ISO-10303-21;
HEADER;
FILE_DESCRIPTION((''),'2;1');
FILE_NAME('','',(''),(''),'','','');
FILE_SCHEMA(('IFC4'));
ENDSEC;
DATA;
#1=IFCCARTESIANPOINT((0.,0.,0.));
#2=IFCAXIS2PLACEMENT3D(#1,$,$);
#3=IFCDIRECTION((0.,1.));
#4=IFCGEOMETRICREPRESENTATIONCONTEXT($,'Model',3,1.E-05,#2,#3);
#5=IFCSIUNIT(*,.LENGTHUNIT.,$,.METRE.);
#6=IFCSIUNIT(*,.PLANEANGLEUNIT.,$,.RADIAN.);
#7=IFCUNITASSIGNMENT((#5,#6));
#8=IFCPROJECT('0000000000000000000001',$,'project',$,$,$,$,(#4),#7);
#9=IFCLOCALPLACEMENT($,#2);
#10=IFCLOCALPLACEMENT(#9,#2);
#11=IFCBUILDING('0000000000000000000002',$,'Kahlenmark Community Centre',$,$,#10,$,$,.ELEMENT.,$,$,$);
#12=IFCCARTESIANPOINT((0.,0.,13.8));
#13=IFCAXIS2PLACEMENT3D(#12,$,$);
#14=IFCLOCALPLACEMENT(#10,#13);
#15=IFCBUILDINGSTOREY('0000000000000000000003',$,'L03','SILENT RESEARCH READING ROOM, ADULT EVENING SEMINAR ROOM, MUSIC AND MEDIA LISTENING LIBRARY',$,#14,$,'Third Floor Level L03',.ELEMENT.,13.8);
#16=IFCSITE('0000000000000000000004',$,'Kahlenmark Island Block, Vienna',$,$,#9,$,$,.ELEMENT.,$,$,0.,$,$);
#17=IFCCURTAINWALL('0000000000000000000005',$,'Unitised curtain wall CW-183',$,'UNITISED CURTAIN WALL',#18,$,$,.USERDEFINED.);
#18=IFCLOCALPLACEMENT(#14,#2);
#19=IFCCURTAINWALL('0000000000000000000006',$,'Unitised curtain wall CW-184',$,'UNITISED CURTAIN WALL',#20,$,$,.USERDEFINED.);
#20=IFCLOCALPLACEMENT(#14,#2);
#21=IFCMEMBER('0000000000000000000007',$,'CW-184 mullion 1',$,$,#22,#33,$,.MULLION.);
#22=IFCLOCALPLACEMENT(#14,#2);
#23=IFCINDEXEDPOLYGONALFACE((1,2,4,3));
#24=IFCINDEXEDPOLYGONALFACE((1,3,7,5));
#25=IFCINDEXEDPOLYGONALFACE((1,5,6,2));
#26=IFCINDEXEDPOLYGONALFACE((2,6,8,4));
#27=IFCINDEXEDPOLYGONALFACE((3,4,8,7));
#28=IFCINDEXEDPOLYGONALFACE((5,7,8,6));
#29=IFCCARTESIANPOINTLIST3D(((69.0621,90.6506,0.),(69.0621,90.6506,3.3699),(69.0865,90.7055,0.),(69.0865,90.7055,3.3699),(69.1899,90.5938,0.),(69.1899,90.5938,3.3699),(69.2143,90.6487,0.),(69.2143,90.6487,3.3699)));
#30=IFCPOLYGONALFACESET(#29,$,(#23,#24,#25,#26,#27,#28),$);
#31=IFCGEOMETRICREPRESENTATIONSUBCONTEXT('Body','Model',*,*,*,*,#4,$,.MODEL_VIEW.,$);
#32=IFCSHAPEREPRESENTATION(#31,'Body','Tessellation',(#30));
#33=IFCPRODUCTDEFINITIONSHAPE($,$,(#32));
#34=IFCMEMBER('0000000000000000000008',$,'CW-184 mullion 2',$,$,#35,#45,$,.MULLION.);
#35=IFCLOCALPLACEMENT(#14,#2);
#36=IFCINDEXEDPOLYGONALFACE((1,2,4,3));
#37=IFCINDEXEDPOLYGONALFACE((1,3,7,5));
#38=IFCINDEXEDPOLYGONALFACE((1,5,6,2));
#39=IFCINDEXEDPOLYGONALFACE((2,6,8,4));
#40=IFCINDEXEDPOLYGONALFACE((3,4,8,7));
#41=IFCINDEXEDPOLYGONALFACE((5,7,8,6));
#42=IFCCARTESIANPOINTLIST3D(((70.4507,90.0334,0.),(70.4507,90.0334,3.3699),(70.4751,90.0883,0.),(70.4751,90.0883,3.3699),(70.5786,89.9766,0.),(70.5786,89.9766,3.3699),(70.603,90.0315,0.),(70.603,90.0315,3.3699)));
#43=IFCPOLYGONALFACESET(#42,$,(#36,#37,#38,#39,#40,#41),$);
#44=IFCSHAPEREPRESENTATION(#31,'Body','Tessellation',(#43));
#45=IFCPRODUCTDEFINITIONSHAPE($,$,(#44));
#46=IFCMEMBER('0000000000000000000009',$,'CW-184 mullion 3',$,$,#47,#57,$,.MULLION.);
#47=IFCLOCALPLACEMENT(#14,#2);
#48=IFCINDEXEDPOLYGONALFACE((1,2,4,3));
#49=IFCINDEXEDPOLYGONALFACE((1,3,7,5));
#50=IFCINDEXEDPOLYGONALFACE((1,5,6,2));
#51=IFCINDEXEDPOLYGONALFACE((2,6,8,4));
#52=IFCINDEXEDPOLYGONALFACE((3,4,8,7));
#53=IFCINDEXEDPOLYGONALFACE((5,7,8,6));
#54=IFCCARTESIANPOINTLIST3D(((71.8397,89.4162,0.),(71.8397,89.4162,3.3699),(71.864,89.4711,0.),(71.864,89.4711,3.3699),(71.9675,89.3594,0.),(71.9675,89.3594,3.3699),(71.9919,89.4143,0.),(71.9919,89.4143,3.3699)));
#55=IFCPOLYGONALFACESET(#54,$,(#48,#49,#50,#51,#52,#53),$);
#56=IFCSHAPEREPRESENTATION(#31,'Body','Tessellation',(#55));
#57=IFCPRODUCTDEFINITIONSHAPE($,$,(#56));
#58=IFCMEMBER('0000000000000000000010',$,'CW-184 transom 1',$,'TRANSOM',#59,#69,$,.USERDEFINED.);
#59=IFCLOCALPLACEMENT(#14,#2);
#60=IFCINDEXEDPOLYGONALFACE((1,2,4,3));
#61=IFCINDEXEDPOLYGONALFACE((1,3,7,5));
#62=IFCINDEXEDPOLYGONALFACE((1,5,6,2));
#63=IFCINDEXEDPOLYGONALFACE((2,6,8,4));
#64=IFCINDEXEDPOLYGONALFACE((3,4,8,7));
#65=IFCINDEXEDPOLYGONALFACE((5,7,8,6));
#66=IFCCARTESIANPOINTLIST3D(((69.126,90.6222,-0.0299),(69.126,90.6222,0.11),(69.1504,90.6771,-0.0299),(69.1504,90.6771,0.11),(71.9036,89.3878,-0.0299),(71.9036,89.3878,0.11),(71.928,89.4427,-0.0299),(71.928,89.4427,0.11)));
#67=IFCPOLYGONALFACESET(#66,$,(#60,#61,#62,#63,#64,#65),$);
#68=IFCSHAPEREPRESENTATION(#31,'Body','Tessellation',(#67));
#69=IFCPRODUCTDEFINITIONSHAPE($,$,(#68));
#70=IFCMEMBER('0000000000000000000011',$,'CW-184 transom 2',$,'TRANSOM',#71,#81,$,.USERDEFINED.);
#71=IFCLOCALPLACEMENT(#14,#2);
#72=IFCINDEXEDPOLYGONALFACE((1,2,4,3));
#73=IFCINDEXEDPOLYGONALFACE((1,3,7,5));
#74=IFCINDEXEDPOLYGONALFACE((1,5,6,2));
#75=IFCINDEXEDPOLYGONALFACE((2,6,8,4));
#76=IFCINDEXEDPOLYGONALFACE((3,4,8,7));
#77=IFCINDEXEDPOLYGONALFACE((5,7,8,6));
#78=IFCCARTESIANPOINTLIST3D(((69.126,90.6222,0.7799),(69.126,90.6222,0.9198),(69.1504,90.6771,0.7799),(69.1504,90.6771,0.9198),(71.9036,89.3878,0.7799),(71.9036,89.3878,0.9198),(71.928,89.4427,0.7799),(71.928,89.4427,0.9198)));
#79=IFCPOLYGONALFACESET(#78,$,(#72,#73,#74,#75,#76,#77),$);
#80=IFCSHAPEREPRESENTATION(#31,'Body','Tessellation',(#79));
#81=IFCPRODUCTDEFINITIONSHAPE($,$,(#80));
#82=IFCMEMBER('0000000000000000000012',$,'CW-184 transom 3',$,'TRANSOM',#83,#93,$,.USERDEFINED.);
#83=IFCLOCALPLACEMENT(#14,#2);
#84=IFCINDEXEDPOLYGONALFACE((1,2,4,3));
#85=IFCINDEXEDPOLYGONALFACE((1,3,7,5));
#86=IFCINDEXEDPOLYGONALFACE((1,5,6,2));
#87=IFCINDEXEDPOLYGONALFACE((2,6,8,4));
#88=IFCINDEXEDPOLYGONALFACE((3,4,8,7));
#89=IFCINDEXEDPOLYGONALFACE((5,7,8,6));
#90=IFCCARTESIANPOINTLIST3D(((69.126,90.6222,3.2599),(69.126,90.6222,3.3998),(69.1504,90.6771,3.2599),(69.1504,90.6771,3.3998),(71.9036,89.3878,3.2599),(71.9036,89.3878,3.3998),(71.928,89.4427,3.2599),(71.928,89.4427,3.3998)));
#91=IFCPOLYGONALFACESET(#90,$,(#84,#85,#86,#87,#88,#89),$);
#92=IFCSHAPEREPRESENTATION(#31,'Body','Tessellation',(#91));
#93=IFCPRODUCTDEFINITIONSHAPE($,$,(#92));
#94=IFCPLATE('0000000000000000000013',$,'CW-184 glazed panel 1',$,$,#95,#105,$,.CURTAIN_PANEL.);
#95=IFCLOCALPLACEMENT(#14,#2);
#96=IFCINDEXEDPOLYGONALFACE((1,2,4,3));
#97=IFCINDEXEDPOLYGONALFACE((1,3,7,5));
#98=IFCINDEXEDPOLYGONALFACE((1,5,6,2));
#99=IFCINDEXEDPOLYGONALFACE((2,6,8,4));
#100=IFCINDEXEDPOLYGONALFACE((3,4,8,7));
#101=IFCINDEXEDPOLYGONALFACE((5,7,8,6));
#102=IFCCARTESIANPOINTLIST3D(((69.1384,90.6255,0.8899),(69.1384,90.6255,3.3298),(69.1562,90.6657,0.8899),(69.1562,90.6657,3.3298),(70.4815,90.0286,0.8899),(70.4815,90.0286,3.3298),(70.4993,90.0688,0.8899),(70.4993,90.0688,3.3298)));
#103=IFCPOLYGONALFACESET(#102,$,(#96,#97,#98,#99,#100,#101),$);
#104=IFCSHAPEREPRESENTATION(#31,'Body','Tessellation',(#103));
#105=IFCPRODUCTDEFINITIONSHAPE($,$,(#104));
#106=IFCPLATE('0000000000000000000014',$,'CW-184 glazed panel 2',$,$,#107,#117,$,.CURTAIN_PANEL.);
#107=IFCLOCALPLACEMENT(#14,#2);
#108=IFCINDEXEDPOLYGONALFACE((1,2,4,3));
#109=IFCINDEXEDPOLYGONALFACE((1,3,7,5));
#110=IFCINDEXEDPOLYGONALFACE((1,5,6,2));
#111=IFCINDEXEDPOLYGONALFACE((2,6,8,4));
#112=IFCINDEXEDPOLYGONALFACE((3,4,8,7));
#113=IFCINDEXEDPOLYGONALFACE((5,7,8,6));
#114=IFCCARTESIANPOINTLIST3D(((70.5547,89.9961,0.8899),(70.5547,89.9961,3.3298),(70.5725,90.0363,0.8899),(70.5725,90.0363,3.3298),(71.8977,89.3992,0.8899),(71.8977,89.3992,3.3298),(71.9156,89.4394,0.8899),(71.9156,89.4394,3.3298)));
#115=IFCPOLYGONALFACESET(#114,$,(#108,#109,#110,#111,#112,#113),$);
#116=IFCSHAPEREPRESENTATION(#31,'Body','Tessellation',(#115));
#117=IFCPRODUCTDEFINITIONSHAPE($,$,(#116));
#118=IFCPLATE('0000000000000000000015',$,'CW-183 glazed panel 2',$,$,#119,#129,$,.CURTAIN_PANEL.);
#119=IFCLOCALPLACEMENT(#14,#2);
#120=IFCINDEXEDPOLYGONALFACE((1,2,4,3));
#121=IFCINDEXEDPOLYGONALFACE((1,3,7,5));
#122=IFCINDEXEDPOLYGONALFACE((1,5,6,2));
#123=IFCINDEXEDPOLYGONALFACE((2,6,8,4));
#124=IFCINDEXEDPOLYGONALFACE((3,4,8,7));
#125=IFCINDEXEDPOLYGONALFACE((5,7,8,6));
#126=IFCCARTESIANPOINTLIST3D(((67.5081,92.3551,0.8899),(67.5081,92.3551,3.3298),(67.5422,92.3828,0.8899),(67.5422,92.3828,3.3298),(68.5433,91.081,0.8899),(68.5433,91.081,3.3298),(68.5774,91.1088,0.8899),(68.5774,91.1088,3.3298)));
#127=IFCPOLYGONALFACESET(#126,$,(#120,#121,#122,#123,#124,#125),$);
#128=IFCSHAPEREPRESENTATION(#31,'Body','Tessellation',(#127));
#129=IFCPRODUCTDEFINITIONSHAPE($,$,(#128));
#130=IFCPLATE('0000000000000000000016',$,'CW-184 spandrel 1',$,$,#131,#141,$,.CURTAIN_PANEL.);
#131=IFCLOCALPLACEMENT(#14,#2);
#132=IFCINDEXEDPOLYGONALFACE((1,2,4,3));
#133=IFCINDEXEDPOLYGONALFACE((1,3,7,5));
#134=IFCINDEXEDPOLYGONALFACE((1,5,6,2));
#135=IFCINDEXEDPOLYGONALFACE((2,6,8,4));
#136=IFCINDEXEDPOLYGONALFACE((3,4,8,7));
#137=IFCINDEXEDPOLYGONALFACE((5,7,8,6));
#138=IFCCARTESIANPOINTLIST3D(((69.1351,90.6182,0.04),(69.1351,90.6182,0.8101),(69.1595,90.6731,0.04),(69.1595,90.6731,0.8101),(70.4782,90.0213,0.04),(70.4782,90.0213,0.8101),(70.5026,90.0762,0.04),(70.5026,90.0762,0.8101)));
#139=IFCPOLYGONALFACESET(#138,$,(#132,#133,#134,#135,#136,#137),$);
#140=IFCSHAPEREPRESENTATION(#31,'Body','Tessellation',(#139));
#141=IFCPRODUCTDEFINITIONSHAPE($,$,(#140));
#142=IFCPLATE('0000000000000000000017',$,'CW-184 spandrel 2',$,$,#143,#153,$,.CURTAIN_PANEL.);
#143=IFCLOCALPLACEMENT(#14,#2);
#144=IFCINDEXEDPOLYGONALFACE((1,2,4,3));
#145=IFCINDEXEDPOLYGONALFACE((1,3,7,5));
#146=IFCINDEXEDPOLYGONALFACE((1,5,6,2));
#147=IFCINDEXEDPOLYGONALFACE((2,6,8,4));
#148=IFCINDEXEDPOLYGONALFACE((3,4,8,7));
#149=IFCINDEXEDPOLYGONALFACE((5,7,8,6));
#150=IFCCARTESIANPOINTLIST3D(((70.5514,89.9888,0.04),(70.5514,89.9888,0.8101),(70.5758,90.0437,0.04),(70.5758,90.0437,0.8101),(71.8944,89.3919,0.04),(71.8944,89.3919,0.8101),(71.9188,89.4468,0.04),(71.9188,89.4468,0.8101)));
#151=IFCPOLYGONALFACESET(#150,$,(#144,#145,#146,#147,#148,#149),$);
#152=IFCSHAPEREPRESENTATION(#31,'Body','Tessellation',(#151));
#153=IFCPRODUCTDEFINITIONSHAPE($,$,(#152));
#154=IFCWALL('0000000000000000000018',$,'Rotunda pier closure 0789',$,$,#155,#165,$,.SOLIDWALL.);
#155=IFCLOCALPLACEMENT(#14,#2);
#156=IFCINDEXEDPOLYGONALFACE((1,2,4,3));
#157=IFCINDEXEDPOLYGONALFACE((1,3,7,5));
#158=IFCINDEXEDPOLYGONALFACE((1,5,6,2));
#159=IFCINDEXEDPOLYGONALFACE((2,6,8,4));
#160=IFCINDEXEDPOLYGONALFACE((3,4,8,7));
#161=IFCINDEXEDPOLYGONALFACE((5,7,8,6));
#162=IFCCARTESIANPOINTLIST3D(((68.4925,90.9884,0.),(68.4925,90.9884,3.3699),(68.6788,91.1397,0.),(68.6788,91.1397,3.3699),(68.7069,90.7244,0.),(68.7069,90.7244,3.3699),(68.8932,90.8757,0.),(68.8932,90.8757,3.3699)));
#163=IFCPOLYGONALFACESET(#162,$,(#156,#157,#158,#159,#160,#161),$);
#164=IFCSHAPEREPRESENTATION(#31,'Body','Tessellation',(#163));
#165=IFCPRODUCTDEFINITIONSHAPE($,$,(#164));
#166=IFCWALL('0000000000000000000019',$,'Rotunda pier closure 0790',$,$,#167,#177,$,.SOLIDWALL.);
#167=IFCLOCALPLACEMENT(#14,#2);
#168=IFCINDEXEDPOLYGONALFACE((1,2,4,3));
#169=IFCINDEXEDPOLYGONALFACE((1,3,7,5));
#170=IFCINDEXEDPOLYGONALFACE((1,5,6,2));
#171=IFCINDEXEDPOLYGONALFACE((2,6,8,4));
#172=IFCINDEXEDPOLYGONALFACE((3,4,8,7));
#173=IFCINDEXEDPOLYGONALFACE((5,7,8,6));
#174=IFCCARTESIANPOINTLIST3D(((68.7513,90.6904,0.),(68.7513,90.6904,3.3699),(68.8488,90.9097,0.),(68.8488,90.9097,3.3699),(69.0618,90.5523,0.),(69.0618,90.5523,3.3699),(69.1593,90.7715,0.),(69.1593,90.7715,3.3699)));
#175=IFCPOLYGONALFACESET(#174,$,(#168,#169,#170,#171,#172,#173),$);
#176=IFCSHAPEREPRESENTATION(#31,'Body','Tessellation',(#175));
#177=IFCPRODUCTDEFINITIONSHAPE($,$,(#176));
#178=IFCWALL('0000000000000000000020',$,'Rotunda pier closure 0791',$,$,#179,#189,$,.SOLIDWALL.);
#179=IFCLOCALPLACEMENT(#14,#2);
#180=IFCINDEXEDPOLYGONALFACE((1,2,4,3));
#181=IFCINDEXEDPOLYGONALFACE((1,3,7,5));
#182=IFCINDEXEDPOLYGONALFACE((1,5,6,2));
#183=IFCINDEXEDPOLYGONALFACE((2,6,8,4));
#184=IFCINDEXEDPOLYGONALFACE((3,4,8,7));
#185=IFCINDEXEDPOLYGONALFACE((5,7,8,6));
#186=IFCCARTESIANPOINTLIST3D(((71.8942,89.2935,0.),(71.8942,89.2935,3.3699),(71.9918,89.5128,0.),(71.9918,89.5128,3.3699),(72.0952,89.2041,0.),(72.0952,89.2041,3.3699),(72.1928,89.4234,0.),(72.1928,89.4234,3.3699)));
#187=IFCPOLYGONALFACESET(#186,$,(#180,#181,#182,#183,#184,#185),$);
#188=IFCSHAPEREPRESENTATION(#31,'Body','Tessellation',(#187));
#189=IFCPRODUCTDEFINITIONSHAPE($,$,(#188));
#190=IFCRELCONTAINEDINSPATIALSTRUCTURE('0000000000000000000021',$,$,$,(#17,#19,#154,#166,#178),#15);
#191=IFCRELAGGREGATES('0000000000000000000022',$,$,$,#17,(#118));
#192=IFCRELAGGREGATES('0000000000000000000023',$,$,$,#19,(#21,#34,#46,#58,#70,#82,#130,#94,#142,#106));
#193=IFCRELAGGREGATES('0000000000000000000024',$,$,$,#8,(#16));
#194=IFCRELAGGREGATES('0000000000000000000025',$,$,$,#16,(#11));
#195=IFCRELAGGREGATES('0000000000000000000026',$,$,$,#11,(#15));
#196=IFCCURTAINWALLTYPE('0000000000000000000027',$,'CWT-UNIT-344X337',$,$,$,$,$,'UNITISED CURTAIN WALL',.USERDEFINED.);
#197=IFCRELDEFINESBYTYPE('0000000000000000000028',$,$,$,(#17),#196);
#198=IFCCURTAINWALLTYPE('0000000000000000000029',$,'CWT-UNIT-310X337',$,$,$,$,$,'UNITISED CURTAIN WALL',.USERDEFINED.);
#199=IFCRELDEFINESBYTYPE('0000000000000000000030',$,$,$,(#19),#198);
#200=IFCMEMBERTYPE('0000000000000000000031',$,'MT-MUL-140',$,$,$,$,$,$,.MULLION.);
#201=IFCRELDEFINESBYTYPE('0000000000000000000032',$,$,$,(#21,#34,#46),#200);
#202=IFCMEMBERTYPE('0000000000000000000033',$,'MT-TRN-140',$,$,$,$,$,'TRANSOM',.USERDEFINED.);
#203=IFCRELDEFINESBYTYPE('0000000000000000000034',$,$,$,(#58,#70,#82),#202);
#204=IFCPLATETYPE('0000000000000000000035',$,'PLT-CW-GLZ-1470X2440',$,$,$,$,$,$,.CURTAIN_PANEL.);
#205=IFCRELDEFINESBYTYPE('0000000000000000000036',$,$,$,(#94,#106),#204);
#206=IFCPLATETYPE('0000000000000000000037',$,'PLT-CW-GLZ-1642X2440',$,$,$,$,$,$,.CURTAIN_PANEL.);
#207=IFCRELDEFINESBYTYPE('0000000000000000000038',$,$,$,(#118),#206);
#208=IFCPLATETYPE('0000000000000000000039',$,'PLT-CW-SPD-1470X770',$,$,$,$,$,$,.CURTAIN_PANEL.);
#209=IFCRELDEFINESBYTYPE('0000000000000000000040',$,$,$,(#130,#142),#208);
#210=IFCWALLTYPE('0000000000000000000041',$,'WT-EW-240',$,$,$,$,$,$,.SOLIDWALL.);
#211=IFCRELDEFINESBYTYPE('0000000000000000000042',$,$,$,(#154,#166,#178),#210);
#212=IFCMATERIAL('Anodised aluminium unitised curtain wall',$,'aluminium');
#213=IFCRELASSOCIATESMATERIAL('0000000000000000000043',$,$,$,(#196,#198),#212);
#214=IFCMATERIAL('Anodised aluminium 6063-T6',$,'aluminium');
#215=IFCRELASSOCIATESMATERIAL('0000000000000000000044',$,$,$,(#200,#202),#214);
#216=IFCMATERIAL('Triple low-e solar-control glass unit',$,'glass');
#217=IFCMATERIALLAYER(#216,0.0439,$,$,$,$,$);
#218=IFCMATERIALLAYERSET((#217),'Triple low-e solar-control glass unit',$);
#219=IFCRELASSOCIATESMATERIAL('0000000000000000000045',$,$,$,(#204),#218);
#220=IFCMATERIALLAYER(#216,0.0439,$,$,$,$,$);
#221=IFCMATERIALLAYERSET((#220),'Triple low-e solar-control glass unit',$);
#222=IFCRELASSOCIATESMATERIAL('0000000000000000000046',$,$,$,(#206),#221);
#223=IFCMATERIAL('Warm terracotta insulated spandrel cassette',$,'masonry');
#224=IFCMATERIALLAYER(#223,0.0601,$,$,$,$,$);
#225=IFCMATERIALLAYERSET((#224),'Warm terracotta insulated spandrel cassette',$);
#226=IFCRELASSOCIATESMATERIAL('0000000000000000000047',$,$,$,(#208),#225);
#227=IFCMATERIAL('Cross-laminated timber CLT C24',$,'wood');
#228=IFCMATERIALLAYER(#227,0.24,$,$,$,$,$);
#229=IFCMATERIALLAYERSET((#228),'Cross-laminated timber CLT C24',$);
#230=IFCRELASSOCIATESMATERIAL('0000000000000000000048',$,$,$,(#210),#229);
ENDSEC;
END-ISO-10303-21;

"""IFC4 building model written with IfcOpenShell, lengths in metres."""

from ifc_helpers import new_model, si_unit, direction, frame, frame_2d, origin, origin_2d, place, context, subcontext, project, spatial, rectangle, extrude, material, layer, layer_set, material_profile, profile_set, type_object, element, aggregate, save


model = new_model("IFC4")

# Units and contexts
model_context = context("Model", 3, precision=1e-05, world=origin(), true_north=direction((0.0, 1.0)))
body_context = subcontext(model_context, "Body", "Model", "MODEL_VIEW")
ifc_project = project(units=[si_unit("LENGTHUNIT", "METRE"), si_unit("PLANEANGLEUNIT", "RADIAN")], contexts=[model_context])

# Site, building, storey
site_placement = place(None, origin())
site = spatial("IfcSite", under=ifc_project, at=site_placement, Name="Kahlenmark Island Block, Vienna", CompositionType="ELEMENT", RefElevation=0.0)
building_placement = place(site_placement, origin())
building = spatial("IfcBuilding", under=site, at=building_placement, Name="Kahlenmark Community Centre", CompositionType="ELEMENT")
storey_placement = place(building_placement, frame((0.0, 0.0, 13.8)))
storey = spatial("IfcBuildingStorey", under=building, at=storey_placement, Name="L03", Description="SILENT RESEARCH READING ROOM, ADULT EVENING SEMINAR ROOM, MUSIC AND MEDIA LISTENING LIBRARY", LongName="Third Floor Level L03", CompositionType="ELEMENT", Elevation=13.8)

# Curtain wall
ifc_material_1 = material(Name="Anodised aluminium unitised curtain wall", Category="aluminium")
curtain_wall_type_1 = type_object("IfcCurtainWallType", Name="CWT-UNIT-344X337", ElementType="UNITISED CURTAIN WALL", PredefinedType="USERDEFINED", material=ifc_material_1)
curtain_wall_1_placement = place(storey_placement, origin())
curtain_wall_1 = element("IfcCurtainWall", 1, at=curtain_wall_1_placement, inside=storey, type_object=curtain_wall_type_1, Name="Unitised curtain wall CW-183", ObjectType="UNITISED CURTAIN WALL", PredefinedType="USERDEFINED")
ifc_material_2 = material(Name="Anodised aluminium 6063-T6", Category="aluminium")
ifc_material_profile_1 = material_profile(ifc_material_2, rectangle(XDim=0.0601, YDim=0.1399, at=origin_2d()), Name="ALU MULLION 60x140")
ifc_profile_set_1 = profile_set([ifc_material_profile_1], Name="Anodised aluminium 6063-T6")
member_type_1 = type_object("IfcMemberType", Name="MT-MUL-140", PredefinedType="MULLION", material=ifc_profile_set_1)

# Curtain wall, members, plates
curtain_wall_type_2 = type_object("IfcCurtainWallType", Name="CWT-UNIT-310X337", ElementType="UNITISED CURTAIN WALL", PredefinedType="USERDEFINED", material=ifc_material_1)
curtain_wall_2_placement = place(storey_placement, origin())
curtain_wall_2 = element("IfcCurtainWall", 2, at=curtain_wall_2_placement, inside=storey, type_object=curtain_wall_type_2, Name="Unitised curtain wall CW-184", ObjectType="UNITISED CURTAIN WALL", PredefinedType="USERDEFINED")
member_1_placement = place(storey_placement, frame((69.1382, 90.6497, 0.0), z_axis=(0.0, 0.0, 1.0), x_axis=(0.406126, 0.913817, 0.0)))
member_1 = element("IfcMember", 3, at=member_1_placement, type_object=member_type_1, Name="CW-184 mullion 1", PredefinedType="MULLION", context=body_context, shape_type="SweptSolid", body=[
    extrude(rectangle(XDim=0.0601, YDim=0.1399, at=origin_2d()), origin(), (0.0, 0.0, 1.0), 3.3699),
])
member_2_placement = place(storey_placement, frame((70.5269, 90.0325, 0.0), z_axis=(0.0, 0.0, 1.0), x_axis=(0.406126, 0.913817, 0.0)))
member_2 = element("IfcMember", 4, at=member_2_placement, type_object=member_type_1, Name="CW-184 mullion 2", PredefinedType="MULLION", context=body_context, shape_type="SweptSolid", body=[
    extrude(rectangle(XDim=0.0601, YDim=0.1399, at=origin_2d()), origin(), (0.0, 0.0, 1.0), 3.3699),
])
member_3_placement = place(storey_placement, frame((71.9158, 89.4153, 0.0), z_axis=(0.0, 0.0, 1.0), x_axis=(0.406126, 0.913817, 0.0)))
member_3 = element("IfcMember", 5, at=member_3_placement, type_object=member_type_1, Name="CW-184 mullion 3", PredefinedType="MULLION", context=body_context, shape_type="SweptSolid", body=[
    extrude(rectangle(XDim=0.0601, YDim=0.1399, at=origin_2d()), origin(), (0.0, 0.0, 1.0), 3.3699),
])
ifc_material_profile_2 = material_profile(ifc_material_2, rectangle(XDim=0.0601, YDim=0.1399, at=origin_2d()), Name="ALU TRANSOM 60x140")
ifc_profile_set_2 = profile_set([ifc_material_profile_2], Name="Anodised aluminium 6063-T6")
member_type_2 = type_object("IfcMemberType", Name="MT-TRN-140", ElementType="TRANSOM", PredefinedType="USERDEFINED", material=ifc_profile_set_2)
member_4_placement = place(storey_placement, frame((69.1382, 90.6497, 0.04), z_axis=(0.913825, -0.406109, 0.0), x_axis=(0.406109, 0.913825, 0.0)))
member_4 = element("IfcMember", 6, at=member_4_placement, type_object=member_type_2, Name="CW-184 transom 1", ObjectType="TRANSOM", PredefinedType="USERDEFINED", context=body_context, shape_type="SweptSolid", body=[
    extrude(rectangle(XDim=0.0601, YDim=0.1399, at=origin_2d()), origin(), (0.0, 0.0, 1.0), 3.0396),
])
member_5_placement = place(storey_placement, frame((69.1382, 90.6497, 0.8499), z_axis=(0.913825, -0.406109, 0.0), x_axis=(0.406109, 0.913825, 0.0)))
member_5 = element("IfcMember", 7, at=member_5_placement, type_object=member_type_2, Name="CW-184 transom 2", ObjectType="TRANSOM", PredefinedType="USERDEFINED", context=body_context, shape_type="SweptSolid", body=[
    extrude(rectangle(XDim=0.0601, YDim=0.1399, at=origin_2d()), origin(), (0.0, 0.0, 1.0), 3.0396),
])
member_6_placement = place(storey_placement, frame((69.1382, 90.6497, 3.3298), z_axis=(0.913825, -0.406109, 0.0), x_axis=(0.406109, 0.913825, 0.0)))
member_6 = element("IfcMember", 8, at=member_6_placement, type_object=member_type_2, Name="CW-184 transom 3", ObjectType="TRANSOM", PredefinedType="USERDEFINED", context=body_context, shape_type="SweptSolid", body=[
    extrude(rectangle(XDim=0.0601, YDim=0.1399, at=origin_2d()), origin(), (0.0, 0.0, 1.0), 3.0396),
])
ifc_material_3 = material(Name="Triple low-e solar-control glass unit", Category="glass")
ifc_layer_1 = layer(ifc_material_3, 0.0439)
ifc_layer_set_1 = layer_set([ifc_layer_1], Name="Triple low-e solar-control glass unit")
plate_type_1 = type_object("IfcPlateType", Name="PLT-CW-GLZ-1470X2440", PredefinedType="CURTAIN_PANEL", material=ifc_layer_set_1)
plate_1_placement = place(storey_placement, frame((69.8188, 90.3472, 0.8899), z_axis=(0.0, 0.0, 1.0), x_axis=(0.913817, -0.406126, 0.0)))
plate_1 = element("IfcPlate", 9, at=plate_1_placement, type_object=plate_type_1, Name="CW-184 glazed panel 1", PredefinedType="CURTAIN_PANEL", context=body_context, shape_type="SweptSolid", body=[
    extrude(rectangle(XDim=1.4697, YDim=0.0439, at=origin_2d()), origin(), (0.0, 0.0, 1.0), 2.4399),
])
plate_2_placement = place(storey_placement, frame((71.2351, 89.7178, 0.8899), z_axis=(0.0, 0.0, 1.0), x_axis=(0.913817, -0.406126, 0.0)))
plate_2 = element("IfcPlate", 10, at=plate_2_placement, type_object=plate_type_1, Name="CW-184 glazed panel 2", PredefinedType="CURTAIN_PANEL", context=body_context, shape_type="SweptSolid", body=[
    extrude(rectangle(XDim=1.4697, YDim=0.0439, at=origin_2d()), origin(), (0.0, 0.0, 1.0), 2.4399),
])

# Plates
ifc_layer_2 = layer(ifc_material_3, 0.0439)
ifc_layer_set_2 = layer_set([ifc_layer_2], Name="Triple low-e solar-control glass unit")
plate_type_2 = type_object("IfcPlateType", Name="PLT-CW-GLZ-1642X2440", PredefinedType="CURTAIN_PANEL", material=ifc_layer_set_2)
plate_3_placement = place(storey_placement, frame((68.0427, 91.7319, 0.8899), z_axis=(0.0, 0.0, 1.0), x_axis=(0.630599, -0.776109, 0.0)))
plate_3 = element("IfcPlate", 11, at=plate_3_placement, type_object=plate_type_2, Name="CW-183 glazed panel 2", PredefinedType="CURTAIN_PANEL", context=body_context, shape_type="SweptSolid", body=[
    extrude(rectangle(XDim=1.6416, YDim=0.0439, at=origin_2d()), origin(), (0.0, 0.0, 1.0), 2.4399),
])
aggregate(curtain_wall_1, [plate_3])
ifc_material_4 = material(Name="Warm terracotta insulated spandrel cassette", Category="masonry")
ifc_layer_3 = layer(ifc_material_4, 0.0601)
ifc_layer_set_3 = layer_set([ifc_layer_3], Name="Warm terracotta insulated spandrel cassette")
plate_type_3 = type_object("IfcPlateType", Name="PLT-CW-SPD-1470X770", PredefinedType="CURTAIN_PANEL", material=ifc_layer_set_3)
plate_4_placement = place(storey_placement, frame((69.8188, 90.3472, 0.04), z_axis=(0.0, 0.0, 1.0), x_axis=(0.913817, -0.406126, 0.0)))
plate_4 = element("IfcPlate", 12, at=plate_4_placement, type_object=plate_type_3, Name="CW-184 spandrel 1", PredefinedType="CURTAIN_PANEL", context=body_context, shape_type="SweptSolid", body=[
    extrude(rectangle(XDim=1.4697, YDim=0.0601, at=origin_2d()), origin(), (0.0, 0.0, 1.0), 0.77),
])
plate_5_placement = place(storey_placement, frame((71.2351, 89.7178, 0.04), z_axis=(0.0, 0.0, 1.0), x_axis=(0.913817, -0.406126, 0.0)))
plate_5 = element("IfcPlate", 13, at=plate_5_placement, type_object=plate_type_3, Name="CW-184 spandrel 2", PredefinedType="CURTAIN_PANEL", context=body_context, shape_type="SweptSolid", body=[
    extrude(rectangle(XDim=1.4697, YDim=0.0601, at=origin_2d()), origin(), (0.0, 0.0, 1.0), 0.77),
])
aggregate(curtain_wall_2, [member_1, member_2, member_3, member_4, member_5, member_6, plate_4, plate_1, plate_5, plate_2])

# Walls
ifc_material_5 = material(Name="Cross-laminated timber CLT C24", Category="wood")
ifc_layer_4 = layer(ifc_material_5, 0.24)
ifc_layer_set_4 = layer_set([ifc_layer_4], Name="Cross-laminated timber CLT C24")
wall_type_1 = type_object("IfcWallType", Name="WT-EW-240", PredefinedType="SOLIDWALL", material=ifc_layer_set_4)
wall_1_placement = place(storey_placement, frame((68.5857, 91.064, 0.0), z_axis=(0.0, 0.0, 1.0), x_axis=(0.630457, -0.776224, 0.0)))
element("IfcWall", 14, at=wall_1_placement, inside=storey, type_object=wall_type_1, Name="Rotunda pier closure 0789", PredefinedType="SOLIDWALL", context=body_context, shape_type="SweptSolid", body=[
    extrude(rectangle(XDim=0.3401, YDim=0.24, at=frame_2d((0.1699, 0.0))), origin(), (0.0, 0.0, 1.0), 3.3699),
])
wall_2_placement = place(storey_placement, frame((68.8, 90.8, 0.0), z_axis=(0.0, 0.0, 1.0), x_axis=(0.913634, -0.406538, 0.0)))
element("IfcWall", 15, at=wall_2_placement, inside=storey, type_object=wall_type_1, Name="Rotunda pier closure 0790", PredefinedType="SOLIDWALL", context=body_context, shape_type="SweptSolid", body=[
    extrude(rectangle(XDim=0.3398, YDim=0.24, at=frame_2d((0.1699, 0.0))), origin(), (0.0, 0.0, 1.0), 3.3699),
])
wall_3_placement = place(storey_placement, frame((71.9431, 89.4031, 0.0), z_axis=(0.0, 0.0, 1.0), x_axis=(0.91372, -0.406344, 0.0)))
element("IfcWall", 16, at=wall_3_placement, inside=storey, type_object=wall_type_1, Name="Rotunda pier closure 0791", PredefinedType="SOLIDWALL", context=body_context, shape_type="SweptSolid", body=[
    extrude(rectangle(XDim=0.22, YDim=0.24, at=frame_2d((0.1099, 0.0))), origin(), (0.0, 0.0, 1.0), 3.3699),
])

save(model, "model.ifc")
